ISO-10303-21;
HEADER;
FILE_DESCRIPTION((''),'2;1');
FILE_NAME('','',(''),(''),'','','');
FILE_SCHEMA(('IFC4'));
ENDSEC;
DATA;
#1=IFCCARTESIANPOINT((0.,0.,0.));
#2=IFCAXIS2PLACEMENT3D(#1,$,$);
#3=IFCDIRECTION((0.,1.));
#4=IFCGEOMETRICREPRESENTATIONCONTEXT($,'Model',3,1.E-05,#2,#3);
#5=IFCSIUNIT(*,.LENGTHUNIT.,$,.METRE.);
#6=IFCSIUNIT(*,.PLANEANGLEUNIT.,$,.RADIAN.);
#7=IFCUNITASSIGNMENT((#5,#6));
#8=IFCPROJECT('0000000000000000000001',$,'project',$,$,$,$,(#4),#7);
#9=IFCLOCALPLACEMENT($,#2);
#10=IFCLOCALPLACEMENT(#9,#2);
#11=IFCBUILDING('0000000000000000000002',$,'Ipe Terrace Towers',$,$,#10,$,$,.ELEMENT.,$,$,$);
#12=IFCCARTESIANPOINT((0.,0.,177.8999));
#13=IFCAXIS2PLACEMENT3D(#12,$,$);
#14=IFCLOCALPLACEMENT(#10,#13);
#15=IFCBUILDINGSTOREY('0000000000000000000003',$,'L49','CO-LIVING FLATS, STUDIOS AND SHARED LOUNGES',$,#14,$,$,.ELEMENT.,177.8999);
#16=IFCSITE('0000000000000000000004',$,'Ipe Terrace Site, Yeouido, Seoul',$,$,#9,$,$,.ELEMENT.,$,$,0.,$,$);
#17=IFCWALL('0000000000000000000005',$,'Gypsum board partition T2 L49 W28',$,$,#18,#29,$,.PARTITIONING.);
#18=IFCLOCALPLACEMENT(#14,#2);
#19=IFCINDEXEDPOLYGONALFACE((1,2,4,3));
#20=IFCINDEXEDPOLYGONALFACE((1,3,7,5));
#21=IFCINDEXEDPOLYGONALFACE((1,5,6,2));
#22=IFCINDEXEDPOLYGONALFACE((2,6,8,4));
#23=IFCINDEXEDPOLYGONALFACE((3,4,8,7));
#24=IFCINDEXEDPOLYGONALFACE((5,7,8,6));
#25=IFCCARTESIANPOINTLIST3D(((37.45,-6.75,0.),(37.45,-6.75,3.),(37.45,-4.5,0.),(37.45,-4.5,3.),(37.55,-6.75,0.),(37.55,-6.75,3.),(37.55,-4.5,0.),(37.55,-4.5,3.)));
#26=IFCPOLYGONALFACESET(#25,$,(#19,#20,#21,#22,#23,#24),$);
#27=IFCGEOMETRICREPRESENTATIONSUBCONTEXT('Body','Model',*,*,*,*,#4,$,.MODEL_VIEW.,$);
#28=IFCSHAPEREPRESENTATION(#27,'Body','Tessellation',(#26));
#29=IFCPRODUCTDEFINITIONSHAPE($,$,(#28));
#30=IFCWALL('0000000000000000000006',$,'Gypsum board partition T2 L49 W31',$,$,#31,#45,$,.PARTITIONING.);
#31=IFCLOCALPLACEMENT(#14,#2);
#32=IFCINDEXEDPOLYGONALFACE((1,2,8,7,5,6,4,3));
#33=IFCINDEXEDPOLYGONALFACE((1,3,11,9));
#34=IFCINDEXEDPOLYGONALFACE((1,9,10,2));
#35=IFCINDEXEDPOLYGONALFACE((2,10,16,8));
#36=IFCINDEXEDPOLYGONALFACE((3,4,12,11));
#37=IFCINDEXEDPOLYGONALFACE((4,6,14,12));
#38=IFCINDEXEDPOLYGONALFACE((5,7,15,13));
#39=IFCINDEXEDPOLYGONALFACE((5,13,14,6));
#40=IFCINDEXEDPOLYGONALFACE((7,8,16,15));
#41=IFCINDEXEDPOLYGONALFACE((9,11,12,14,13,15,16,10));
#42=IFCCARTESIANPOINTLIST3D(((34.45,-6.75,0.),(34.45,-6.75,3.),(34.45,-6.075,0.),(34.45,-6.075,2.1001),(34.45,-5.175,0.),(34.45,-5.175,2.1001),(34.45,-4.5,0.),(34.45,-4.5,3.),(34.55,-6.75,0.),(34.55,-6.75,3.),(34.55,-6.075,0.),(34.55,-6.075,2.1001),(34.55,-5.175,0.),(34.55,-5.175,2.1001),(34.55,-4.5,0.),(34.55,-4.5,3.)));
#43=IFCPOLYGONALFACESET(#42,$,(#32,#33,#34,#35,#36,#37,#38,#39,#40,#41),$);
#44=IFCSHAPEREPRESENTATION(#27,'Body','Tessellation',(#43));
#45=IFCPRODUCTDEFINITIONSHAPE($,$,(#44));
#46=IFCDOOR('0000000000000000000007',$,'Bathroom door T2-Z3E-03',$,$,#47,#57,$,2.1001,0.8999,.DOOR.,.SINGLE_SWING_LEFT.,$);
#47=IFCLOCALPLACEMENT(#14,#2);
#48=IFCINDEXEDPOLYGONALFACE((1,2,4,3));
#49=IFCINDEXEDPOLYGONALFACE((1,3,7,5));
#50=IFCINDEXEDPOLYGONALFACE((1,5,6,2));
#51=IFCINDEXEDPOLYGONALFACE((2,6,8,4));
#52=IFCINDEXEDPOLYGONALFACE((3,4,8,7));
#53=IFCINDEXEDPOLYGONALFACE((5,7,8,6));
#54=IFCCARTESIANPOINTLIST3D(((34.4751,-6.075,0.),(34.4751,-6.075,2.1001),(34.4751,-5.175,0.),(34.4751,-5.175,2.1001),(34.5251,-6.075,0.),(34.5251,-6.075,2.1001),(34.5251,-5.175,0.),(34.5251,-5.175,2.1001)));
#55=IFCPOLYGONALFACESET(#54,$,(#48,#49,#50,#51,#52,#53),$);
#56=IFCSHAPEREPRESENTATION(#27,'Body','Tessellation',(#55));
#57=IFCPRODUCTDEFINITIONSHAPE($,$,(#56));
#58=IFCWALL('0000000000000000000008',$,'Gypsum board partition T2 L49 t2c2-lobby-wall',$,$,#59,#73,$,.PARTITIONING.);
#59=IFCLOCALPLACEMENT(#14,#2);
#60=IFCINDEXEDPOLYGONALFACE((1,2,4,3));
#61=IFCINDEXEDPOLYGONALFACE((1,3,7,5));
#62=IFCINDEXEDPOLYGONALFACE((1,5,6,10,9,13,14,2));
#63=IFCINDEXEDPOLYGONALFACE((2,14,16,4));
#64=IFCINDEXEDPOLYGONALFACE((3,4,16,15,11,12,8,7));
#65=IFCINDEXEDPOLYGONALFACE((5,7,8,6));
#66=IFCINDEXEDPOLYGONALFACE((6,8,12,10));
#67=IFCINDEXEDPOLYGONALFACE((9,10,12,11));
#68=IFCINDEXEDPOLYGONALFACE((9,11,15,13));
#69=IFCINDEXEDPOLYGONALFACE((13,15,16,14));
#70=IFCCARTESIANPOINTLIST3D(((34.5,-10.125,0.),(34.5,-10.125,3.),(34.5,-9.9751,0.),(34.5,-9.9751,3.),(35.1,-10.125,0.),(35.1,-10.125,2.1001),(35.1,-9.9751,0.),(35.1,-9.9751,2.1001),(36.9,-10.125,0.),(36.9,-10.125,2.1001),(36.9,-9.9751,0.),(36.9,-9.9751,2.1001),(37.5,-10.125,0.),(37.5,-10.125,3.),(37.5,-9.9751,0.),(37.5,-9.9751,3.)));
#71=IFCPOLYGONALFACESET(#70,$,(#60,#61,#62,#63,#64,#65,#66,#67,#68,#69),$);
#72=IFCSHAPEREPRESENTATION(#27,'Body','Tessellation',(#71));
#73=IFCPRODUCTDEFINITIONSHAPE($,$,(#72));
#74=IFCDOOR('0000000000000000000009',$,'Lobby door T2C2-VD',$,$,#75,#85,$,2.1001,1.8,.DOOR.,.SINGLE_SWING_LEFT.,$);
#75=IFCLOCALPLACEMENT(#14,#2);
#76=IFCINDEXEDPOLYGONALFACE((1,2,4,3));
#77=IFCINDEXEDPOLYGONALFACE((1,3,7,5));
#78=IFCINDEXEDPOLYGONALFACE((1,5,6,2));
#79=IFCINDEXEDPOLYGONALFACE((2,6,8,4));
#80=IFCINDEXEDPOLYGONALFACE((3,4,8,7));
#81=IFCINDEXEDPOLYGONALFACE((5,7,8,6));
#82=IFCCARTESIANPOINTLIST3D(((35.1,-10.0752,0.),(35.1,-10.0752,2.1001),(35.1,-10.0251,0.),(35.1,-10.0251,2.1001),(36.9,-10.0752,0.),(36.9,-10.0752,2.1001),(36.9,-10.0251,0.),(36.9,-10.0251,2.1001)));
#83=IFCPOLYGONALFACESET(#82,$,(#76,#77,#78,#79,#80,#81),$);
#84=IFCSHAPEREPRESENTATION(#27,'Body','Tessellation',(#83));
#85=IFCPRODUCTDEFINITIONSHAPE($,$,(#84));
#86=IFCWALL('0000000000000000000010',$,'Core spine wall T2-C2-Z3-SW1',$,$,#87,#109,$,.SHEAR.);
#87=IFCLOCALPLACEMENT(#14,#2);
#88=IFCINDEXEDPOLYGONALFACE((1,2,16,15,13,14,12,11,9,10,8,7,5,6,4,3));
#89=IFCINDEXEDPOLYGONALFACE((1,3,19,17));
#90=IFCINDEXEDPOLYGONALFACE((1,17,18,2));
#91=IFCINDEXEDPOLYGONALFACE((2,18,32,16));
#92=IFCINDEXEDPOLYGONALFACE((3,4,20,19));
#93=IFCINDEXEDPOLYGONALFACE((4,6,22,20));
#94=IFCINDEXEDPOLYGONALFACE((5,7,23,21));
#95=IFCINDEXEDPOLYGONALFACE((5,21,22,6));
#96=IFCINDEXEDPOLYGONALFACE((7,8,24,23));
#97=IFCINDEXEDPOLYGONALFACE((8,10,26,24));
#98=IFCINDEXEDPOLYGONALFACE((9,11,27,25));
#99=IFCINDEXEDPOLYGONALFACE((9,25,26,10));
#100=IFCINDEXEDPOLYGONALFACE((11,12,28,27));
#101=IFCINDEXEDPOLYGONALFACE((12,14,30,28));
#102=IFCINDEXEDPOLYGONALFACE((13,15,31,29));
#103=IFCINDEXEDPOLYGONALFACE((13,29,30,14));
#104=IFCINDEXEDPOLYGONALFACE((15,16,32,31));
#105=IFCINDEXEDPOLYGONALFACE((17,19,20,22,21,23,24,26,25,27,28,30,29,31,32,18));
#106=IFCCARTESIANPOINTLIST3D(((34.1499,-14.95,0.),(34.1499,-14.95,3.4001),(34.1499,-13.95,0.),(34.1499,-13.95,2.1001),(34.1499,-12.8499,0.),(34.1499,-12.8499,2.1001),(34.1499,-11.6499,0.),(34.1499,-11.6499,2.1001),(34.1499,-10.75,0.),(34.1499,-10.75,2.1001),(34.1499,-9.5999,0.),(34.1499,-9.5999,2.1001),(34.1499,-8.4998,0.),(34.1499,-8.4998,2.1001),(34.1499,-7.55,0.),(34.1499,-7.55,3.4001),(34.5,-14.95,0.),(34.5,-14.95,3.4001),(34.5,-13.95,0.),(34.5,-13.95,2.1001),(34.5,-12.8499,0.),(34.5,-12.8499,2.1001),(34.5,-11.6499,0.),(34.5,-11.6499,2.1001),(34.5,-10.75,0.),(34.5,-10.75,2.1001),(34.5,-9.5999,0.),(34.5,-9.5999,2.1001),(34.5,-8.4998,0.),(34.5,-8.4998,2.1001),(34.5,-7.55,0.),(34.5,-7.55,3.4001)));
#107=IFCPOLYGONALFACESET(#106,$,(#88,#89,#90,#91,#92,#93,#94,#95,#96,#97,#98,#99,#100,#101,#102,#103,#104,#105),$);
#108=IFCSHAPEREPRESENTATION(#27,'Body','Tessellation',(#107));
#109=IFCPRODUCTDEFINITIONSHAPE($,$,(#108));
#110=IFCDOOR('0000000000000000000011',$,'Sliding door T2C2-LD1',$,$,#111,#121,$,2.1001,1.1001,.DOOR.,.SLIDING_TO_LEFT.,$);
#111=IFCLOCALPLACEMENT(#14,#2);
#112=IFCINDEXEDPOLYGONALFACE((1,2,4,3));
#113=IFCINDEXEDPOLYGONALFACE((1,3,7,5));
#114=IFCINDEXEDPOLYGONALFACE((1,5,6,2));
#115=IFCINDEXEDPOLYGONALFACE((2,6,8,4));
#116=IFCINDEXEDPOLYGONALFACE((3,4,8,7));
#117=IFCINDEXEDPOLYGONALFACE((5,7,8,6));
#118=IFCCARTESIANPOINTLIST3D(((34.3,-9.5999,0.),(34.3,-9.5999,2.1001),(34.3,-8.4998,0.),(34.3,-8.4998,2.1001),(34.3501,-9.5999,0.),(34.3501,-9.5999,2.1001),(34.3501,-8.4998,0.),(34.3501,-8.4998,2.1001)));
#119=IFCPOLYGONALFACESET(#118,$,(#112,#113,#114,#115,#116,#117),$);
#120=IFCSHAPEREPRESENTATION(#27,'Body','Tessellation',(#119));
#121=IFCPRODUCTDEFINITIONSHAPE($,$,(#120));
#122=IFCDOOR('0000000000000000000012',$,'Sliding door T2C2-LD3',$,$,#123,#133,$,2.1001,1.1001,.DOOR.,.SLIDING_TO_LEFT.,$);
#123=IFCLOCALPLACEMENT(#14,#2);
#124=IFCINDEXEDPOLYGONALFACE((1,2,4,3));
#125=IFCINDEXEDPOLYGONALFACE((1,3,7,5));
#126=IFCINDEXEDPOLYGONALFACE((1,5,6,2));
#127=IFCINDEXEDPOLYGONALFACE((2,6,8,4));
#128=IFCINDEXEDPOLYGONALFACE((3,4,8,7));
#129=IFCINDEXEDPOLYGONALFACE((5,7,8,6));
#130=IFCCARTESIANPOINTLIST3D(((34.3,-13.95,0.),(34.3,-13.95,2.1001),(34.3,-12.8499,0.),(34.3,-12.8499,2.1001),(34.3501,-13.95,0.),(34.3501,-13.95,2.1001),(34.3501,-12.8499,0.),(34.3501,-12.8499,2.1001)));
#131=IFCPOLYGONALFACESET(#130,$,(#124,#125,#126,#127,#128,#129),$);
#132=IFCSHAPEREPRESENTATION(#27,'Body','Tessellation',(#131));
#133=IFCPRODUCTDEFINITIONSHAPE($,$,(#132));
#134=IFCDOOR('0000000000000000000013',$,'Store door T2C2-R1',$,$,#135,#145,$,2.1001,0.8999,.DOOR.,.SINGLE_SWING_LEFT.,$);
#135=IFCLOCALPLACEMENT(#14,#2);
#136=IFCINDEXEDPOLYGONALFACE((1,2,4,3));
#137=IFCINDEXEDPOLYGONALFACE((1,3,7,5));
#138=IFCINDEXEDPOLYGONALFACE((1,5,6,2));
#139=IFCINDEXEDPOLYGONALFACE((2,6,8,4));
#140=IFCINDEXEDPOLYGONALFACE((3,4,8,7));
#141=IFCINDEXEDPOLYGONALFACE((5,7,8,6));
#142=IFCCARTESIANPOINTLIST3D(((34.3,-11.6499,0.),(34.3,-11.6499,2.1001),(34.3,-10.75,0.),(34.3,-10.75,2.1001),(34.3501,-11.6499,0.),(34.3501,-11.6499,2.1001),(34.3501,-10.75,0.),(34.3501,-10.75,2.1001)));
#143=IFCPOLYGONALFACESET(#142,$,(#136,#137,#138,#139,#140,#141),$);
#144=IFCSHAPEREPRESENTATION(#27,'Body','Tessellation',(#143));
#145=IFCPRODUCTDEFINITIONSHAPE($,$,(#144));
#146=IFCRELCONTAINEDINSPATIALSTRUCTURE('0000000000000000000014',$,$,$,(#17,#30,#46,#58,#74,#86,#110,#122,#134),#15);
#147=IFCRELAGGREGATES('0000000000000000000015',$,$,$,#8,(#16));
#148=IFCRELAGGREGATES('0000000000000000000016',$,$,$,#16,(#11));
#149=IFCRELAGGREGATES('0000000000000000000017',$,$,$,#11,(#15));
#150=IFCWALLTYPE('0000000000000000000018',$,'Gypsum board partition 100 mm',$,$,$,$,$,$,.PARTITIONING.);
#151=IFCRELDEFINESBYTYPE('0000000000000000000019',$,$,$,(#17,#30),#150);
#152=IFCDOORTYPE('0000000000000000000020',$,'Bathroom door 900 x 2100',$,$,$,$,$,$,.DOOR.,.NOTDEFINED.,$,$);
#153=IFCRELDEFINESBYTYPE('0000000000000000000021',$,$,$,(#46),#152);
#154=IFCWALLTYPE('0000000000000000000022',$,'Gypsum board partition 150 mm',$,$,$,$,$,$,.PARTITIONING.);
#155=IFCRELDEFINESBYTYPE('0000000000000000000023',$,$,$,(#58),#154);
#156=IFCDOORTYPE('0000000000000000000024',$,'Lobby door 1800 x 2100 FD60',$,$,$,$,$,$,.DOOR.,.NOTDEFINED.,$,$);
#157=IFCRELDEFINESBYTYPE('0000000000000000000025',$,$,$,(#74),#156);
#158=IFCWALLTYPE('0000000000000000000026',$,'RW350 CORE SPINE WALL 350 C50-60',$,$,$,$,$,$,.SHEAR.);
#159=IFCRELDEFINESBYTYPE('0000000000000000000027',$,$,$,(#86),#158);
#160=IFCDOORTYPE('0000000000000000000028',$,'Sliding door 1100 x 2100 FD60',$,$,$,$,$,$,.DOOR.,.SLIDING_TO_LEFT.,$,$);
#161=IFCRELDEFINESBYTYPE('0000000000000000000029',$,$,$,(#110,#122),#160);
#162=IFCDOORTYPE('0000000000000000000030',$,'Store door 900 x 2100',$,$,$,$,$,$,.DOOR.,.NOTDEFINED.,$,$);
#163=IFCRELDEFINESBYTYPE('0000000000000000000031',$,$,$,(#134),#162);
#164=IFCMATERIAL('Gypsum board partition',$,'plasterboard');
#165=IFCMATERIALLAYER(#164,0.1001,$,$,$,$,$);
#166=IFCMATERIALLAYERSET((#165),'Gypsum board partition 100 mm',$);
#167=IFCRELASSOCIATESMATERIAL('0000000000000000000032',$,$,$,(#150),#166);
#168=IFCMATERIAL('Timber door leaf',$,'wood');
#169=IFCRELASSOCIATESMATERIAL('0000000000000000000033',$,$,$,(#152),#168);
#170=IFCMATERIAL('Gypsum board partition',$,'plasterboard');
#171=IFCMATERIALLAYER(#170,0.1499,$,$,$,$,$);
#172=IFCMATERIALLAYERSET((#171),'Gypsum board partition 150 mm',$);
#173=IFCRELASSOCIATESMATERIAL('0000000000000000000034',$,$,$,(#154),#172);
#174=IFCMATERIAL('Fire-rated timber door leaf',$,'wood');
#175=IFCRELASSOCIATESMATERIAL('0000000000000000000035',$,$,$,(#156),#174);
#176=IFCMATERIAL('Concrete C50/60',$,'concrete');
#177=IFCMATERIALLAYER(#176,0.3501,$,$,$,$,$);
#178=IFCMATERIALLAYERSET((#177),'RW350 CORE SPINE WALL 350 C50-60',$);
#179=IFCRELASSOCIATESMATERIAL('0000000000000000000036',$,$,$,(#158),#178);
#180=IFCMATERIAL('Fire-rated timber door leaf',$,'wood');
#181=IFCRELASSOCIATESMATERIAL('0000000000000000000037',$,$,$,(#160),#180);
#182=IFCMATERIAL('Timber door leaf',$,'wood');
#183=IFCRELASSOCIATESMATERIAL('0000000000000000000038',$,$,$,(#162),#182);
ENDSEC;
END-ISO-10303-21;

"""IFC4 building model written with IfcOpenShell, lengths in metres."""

from ifc_helpers import new_model, si_unit, direction, frame, frame_2d, origin, place, context, subcontext, project, spatial, rectangle, extrude, material, layer, layer_set, type_object, element, fill, save


model = new_model("IFC4")

# Units and contexts
model_context = context("Model", 3, precision=1e-05, world=origin(), true_north=direction((0.0, 1.0)))
body_context = subcontext(model_context, "Body", "Model", "MODEL_VIEW")
ifc_project = project(units=[si_unit("LENGTHUNIT", "METRE"), si_unit("PLANEANGLEUNIT", "RADIAN")], contexts=[model_context])

# Site, building, storey
site_placement = place(None, origin())
site = spatial("IfcSite", under=ifc_project, at=site_placement, Name="Ipe Terrace Site, Yeouido, Seoul", CompositionType="ELEMENT", RefElevation=0.0)
building_placement = place(site_placement, origin())
building = spatial("IfcBuilding", under=site, at=building_placement, Name="Ipe Terrace Towers", CompositionType="ELEMENT")
storey_placement = place(building_placement, frame((0.0, 0.0, 177.8999)))
storey = spatial("IfcBuildingStorey", under=building, at=storey_placement, Name="L49", Description="CO-LIVING FLATS, STUDIOS AND SHARED LOUNGES", CompositionType="ELEMENT", Elevation=177.8999)

# Wall
ifc_material_1 = material(Name="Gypsum board partition", Category="plasterboard")
ifc_layer_1 = layer(ifc_material_1, 0.1001)
ifc_layer_set_1 = layer_set([ifc_layer_1], Name="Gypsum board partition 100 mm")
wall_type_1 = type_object("IfcWallType", Name="Gypsum board partition 100 mm", PredefinedType="PARTITIONING", material=ifc_layer_set_1)
wall_1_placement = place(storey_placement, frame((37.5, -6.75, 0.0), z_axis=(0.0, 0.0, 1.0), x_axis=(0.0, 1.0, 0.0)))
element("IfcWall", 1, at=wall_1_placement, inside=storey, type_object=wall_type_1, Name="Gypsum board partition T2 L49 W28", PredefinedType="PARTITIONING", context=body_context, shape_type="SweptSolid", body=[
    extrude(rectangle(XDim=2.25, YDim=0.1001, at=frame_2d((1.125, 0.0))), origin(), (0.0, 0.0, 1.0), 3.0),
])

# Walls, openings, doors
wall_2_placement = place(storey_placement, frame((34.5, -6.75, 0.0), z_axis=(0.0, 0.0, 1.0), x_axis=(0.0, 1.0, 0.0)))
wall_2 = element("IfcWall", 2, at=wall_2_placement, inside=storey, type_object=wall_type_1, Name="Gypsum board partition T2 L49 W31", PredefinedType="PARTITIONING", context=body_context, shape_type="SweptSolid", body=[
    extrude(rectangle(XDim=2.25, YDim=0.1001, at=frame_2d((1.125, 0.0))), origin(), (0.0, 0.0, 1.0), 3.0),
])
opening_1_placement = place(wall_2_placement, frame((0.675, 0.0, 0.0)))
opening_1 = element("IfcOpeningElement", 3, at=opening_1_placement, cuts=wall_2, PredefinedType="OPENING", context=body_context, shape_type="SweptSolid", body=[
    extrude(rectangle(XDim=0.8999, YDim=2.1001, at=frame_2d((0.45, 1.05))), frame((0.0, 0.0601, 0.0), z_axis=(0.0, -1.0, 0.0), x_axis=(1.0, 0.0, 0.0)), (0.0, 0.0, 1.0), 0.1201),
])
ifc_material_2 = material(Name="Timber door leaf", Category="wood")
door_type_1 = type_object("IfcDoorType", Name="Bathroom door 900 x 2100", OperationType="NOTDEFINED", PredefinedType="DOOR", material=ifc_material_2)
door_1_placement = place(opening_1_placement, origin())
door_1 = element("IfcDoor", 4, at=door_1_placement, inside=storey, type_object=door_type_1, Name="Bathroom door T2-Z3E-03", OperationType="SINGLE_SWING_LEFT", OverallHeight=2.1001, OverallWidth=0.8999, PredefinedType="DOOR", context=body_context, shape_type="SweptSolid", body=[
    extrude(rectangle(XDim=0.8999, YDim=2.1001, at=frame_2d((0.45, 1.05))), frame((0.0, 0.0249, 0.0), z_axis=(0.0, -1.0, 0.0), x_axis=(1.0, 0.0, 0.0)), (0.0, 0.0, 1.0), 0.05),
])
fill(opening_1, door_1)
ifc_material_3 = material(Name="Gypsum board partition", Category="plasterboard")
ifc_layer_2 = layer(ifc_material_3, 0.1499)
ifc_layer_set_2 = layer_set([ifc_layer_2], Name="Gypsum board partition 150 mm")
wall_type_2 = type_object("IfcWallType", Name="Gypsum board partition 150 mm", PredefinedType="PARTITIONING", material=ifc_layer_set_2)
wall_3_placement = place(storey_placement, frame((34.5, -10.05, 0.0), z_axis=(0.0, 0.0, 1.0), x_axis=(1.0, 0.0, 0.0)))
wall_3 = element("IfcWall", 5, at=wall_3_placement, inside=storey, type_object=wall_type_2, Name="Gypsum board partition T2 L49 t2c2-lobby-wall", PredefinedType="PARTITIONING", context=body_context, shape_type="SweptSolid", body=[
    extrude(rectangle(XDim=3.0, YDim=0.1499, at=frame_2d((1.5, 0.0))), origin(), (0.0, 0.0, 1.0), 3.0),
])
opening_2_placement = place(wall_3_placement, frame((0.6001, 0.0, 0.0)))
opening_2 = element("IfcOpeningElement", 6, at=opening_2_placement, cuts=wall_3, PredefinedType="OPENING", context=body_context, shape_type="SweptSolid", body=[
    extrude(rectangle(XDim=1.8, YDim=2.1001, at=frame_2d((0.8999, 1.05))), frame((0.0, 0.085, 0.0), z_axis=(0.0, -1.0, 0.0), x_axis=(1.0, 0.0, 0.0)), (0.0, 0.0, 1.0), 0.1699),
])
ifc_material_4 = material(Name="Fire-rated timber door leaf", Category="wood")
door_type_2 = type_object("IfcDoorType", Name="Lobby door 1800 x 2100 FD60", OperationType="NOTDEFINED", PredefinedType="DOOR", material=ifc_material_4)
door_2_placement = place(opening_2_placement, origin())
door_2 = element("IfcDoor", 7, at=door_2_placement, inside=storey, type_object=door_type_2, Name="Lobby door T2C2-VD", OperationType="SINGLE_SWING_LEFT", OverallHeight=2.1001, OverallWidth=1.8, PredefinedType="DOOR", context=body_context, shape_type="SweptSolid", body=[
    extrude(rectangle(XDim=1.8, YDim=2.1001, at=frame_2d((0.8999, 1.05))), frame((0.0, 0.0249, 0.0), z_axis=(0.0, -1.0, 0.0), x_axis=(1.0, 0.0, 0.0)), (0.0, 0.0, 1.0), 0.05),
])
fill(opening_2, door_2)

# Wall, openings, doors
ifc_material_5 = material(Name="Concrete C50/60", Category="concrete")
ifc_layer_3 = layer(ifc_material_5, 0.3501)
ifc_layer_set_3 = layer_set([ifc_layer_3], Name="RW350 CORE SPINE WALL 350 C50-60")
wall_type_3 = type_object("IfcWallType", Name="RW350 CORE SPINE WALL 350 C50-60", PredefinedType="SHEAR", material=ifc_layer_set_3)
wall_4_placement = place(storey_placement, frame((34.325, -14.95, 0.0), z_axis=(0.0, 0.0, 1.0), x_axis=(0.0, 1.0, 0.0)))
wall_4 = element("IfcWall", 8, at=wall_4_placement, inside=storey, type_object=wall_type_3, Name="Core spine wall T2-C2-Z3-SW1", PredefinedType="SHEAR", context=body_context, shape_type="SweptSolid", body=[
    extrude(rectangle(XDim=7.3999, YDim=0.3501, at=frame_2d((3.7, 0.0))), origin(), (0.0, 0.0, 1.0), 3.4001),
])
opening_3_placement = place(wall_4_placement, frame((5.3501, 0.0, 0.0)))
opening_3 = element("IfcOpeningElement", 9, at=opening_3_placement, cuts=wall_4, PredefinedType="OPENING", context=body_context, shape_type="SweptSolid", body=[
    extrude(rectangle(XDim=1.1001, YDim=2.1001, at=frame_2d((0.55, 1.05))), frame((0.0, 0.1851, 0.0), z_axis=(0.0, -1.0, 0.0), x_axis=(1.0, 0.0, 0.0)), (0.0, 0.0, 1.0), 0.3701),
])
opening_4_placement = place(wall_4_placement, frame((1.0, 0.0, 0.0)))
opening_4 = element("IfcOpeningElement", 10, at=opening_4_placement, cuts=wall_4, PredefinedType="OPENING", context=body_context, shape_type="SweptSolid", body=[
    extrude(rectangle(XDim=1.1001, YDim=2.1001, at=frame_2d((0.55, 1.05))), frame((0.0, 0.1851, 0.0), z_axis=(0.0, -1.0, 0.0), x_axis=(1.0, 0.0, 0.0)), (0.0, 0.0, 1.0), 0.3701),
])
opening_5_placement = place(wall_4_placement, frame((3.3, 0.0, 0.0)))
opening_5 = element("IfcOpeningElement", 11, at=opening_5_placement, cuts=wall_4, PredefinedType="OPENING", context=body_context, shape_type="SweptSolid", body=[
    extrude(rectangle(XDim=0.8999, YDim=2.1001, at=frame_2d((0.45, 1.05))), frame((0.0, 0.1851, 0.0), z_axis=(0.0, -1.0, 0.0), x_axis=(1.0, 0.0, 0.0)), (0.0, 0.0, 1.0), 0.3701),
])
ifc_material_6 = material(Name="Fire-rated timber door leaf", Category="wood")
door_type_3 = type_object("IfcDoorType", Name="Sliding door 1100 x 2100 FD60", OperationType="SLIDING_TO_LEFT", PredefinedType="DOOR", material=ifc_material_6)
door_3_placement = place(opening_3_placement, origin())
door_3 = element("IfcDoor", 12, at=door_3_placement, inside=storey, type_object=door_type_3, Name="Sliding door T2C2-LD1", OperationType="SLIDING_TO_LEFT", OverallHeight=2.1001, OverallWidth=1.1001, PredefinedType="DOOR", context=body_context, shape_type="SweptSolid", body=[
    extrude(rectangle(XDim=1.1001, YDim=2.1001, at=frame_2d((0.55, 1.05))), frame((0.0, 0.0249, 0.0), z_axis=(0.0, -1.0, 0.0), x_axis=(1.0, 0.0, 0.0)), (0.0, 0.0, 1.0), 0.05),
])
fill(opening_3, door_3)
door_4_placement = place(opening_4_placement, origin())
door_4 = element("IfcDoor", 13, at=door_4_placement, inside=storey, type_object=door_type_3, Name="Sliding door T2C2-LD3", OperationType="SLIDING_TO_LEFT", OverallHeight=2.1001, OverallWidth=1.1001, PredefinedType="DOOR", context=body_context, shape_type="SweptSolid", body=[
    extrude(rectangle(XDim=1.1001, YDim=2.1001, at=frame_2d((0.55, 1.05))), frame((0.0, 0.0249, 0.0), z_axis=(0.0, -1.0, 0.0), x_axis=(1.0, 0.0, 0.0)), (0.0, 0.0, 1.0), 0.05),
])
fill(opening_4, door_4)
ifc_material_7 = material(Name="Timber door leaf", Category="wood")
door_type_4 = type_object("IfcDoorType", Name="Store door 900 x 2100", OperationType="NOTDEFINED", PredefinedType="DOOR", material=ifc_material_7)
door_5_placement = place(opening_5_placement, origin())
door_5 = element("IfcDoor", 14, at=door_5_placement, inside=storey, type_object=door_type_4, Name="Store door T2C2-R1", OperationType="SINGLE_SWING_LEFT", OverallHeight=2.1001, OverallWidth=0.8999, PredefinedType="DOOR", context=body_context, shape_type="SweptSolid", body=[
    extrude(rectangle(XDim=0.8999, YDim=2.1001, at=frame_2d((0.45, 1.05))), frame((0.0, 0.0249, 0.0), z_axis=(0.0, -1.0, 0.0), x_axis=(1.0, 0.0, 0.0)), (0.0, 0.0, 1.0), 0.05),
])
fill(opening_5, door_5)

save(model, "model.ifc")
